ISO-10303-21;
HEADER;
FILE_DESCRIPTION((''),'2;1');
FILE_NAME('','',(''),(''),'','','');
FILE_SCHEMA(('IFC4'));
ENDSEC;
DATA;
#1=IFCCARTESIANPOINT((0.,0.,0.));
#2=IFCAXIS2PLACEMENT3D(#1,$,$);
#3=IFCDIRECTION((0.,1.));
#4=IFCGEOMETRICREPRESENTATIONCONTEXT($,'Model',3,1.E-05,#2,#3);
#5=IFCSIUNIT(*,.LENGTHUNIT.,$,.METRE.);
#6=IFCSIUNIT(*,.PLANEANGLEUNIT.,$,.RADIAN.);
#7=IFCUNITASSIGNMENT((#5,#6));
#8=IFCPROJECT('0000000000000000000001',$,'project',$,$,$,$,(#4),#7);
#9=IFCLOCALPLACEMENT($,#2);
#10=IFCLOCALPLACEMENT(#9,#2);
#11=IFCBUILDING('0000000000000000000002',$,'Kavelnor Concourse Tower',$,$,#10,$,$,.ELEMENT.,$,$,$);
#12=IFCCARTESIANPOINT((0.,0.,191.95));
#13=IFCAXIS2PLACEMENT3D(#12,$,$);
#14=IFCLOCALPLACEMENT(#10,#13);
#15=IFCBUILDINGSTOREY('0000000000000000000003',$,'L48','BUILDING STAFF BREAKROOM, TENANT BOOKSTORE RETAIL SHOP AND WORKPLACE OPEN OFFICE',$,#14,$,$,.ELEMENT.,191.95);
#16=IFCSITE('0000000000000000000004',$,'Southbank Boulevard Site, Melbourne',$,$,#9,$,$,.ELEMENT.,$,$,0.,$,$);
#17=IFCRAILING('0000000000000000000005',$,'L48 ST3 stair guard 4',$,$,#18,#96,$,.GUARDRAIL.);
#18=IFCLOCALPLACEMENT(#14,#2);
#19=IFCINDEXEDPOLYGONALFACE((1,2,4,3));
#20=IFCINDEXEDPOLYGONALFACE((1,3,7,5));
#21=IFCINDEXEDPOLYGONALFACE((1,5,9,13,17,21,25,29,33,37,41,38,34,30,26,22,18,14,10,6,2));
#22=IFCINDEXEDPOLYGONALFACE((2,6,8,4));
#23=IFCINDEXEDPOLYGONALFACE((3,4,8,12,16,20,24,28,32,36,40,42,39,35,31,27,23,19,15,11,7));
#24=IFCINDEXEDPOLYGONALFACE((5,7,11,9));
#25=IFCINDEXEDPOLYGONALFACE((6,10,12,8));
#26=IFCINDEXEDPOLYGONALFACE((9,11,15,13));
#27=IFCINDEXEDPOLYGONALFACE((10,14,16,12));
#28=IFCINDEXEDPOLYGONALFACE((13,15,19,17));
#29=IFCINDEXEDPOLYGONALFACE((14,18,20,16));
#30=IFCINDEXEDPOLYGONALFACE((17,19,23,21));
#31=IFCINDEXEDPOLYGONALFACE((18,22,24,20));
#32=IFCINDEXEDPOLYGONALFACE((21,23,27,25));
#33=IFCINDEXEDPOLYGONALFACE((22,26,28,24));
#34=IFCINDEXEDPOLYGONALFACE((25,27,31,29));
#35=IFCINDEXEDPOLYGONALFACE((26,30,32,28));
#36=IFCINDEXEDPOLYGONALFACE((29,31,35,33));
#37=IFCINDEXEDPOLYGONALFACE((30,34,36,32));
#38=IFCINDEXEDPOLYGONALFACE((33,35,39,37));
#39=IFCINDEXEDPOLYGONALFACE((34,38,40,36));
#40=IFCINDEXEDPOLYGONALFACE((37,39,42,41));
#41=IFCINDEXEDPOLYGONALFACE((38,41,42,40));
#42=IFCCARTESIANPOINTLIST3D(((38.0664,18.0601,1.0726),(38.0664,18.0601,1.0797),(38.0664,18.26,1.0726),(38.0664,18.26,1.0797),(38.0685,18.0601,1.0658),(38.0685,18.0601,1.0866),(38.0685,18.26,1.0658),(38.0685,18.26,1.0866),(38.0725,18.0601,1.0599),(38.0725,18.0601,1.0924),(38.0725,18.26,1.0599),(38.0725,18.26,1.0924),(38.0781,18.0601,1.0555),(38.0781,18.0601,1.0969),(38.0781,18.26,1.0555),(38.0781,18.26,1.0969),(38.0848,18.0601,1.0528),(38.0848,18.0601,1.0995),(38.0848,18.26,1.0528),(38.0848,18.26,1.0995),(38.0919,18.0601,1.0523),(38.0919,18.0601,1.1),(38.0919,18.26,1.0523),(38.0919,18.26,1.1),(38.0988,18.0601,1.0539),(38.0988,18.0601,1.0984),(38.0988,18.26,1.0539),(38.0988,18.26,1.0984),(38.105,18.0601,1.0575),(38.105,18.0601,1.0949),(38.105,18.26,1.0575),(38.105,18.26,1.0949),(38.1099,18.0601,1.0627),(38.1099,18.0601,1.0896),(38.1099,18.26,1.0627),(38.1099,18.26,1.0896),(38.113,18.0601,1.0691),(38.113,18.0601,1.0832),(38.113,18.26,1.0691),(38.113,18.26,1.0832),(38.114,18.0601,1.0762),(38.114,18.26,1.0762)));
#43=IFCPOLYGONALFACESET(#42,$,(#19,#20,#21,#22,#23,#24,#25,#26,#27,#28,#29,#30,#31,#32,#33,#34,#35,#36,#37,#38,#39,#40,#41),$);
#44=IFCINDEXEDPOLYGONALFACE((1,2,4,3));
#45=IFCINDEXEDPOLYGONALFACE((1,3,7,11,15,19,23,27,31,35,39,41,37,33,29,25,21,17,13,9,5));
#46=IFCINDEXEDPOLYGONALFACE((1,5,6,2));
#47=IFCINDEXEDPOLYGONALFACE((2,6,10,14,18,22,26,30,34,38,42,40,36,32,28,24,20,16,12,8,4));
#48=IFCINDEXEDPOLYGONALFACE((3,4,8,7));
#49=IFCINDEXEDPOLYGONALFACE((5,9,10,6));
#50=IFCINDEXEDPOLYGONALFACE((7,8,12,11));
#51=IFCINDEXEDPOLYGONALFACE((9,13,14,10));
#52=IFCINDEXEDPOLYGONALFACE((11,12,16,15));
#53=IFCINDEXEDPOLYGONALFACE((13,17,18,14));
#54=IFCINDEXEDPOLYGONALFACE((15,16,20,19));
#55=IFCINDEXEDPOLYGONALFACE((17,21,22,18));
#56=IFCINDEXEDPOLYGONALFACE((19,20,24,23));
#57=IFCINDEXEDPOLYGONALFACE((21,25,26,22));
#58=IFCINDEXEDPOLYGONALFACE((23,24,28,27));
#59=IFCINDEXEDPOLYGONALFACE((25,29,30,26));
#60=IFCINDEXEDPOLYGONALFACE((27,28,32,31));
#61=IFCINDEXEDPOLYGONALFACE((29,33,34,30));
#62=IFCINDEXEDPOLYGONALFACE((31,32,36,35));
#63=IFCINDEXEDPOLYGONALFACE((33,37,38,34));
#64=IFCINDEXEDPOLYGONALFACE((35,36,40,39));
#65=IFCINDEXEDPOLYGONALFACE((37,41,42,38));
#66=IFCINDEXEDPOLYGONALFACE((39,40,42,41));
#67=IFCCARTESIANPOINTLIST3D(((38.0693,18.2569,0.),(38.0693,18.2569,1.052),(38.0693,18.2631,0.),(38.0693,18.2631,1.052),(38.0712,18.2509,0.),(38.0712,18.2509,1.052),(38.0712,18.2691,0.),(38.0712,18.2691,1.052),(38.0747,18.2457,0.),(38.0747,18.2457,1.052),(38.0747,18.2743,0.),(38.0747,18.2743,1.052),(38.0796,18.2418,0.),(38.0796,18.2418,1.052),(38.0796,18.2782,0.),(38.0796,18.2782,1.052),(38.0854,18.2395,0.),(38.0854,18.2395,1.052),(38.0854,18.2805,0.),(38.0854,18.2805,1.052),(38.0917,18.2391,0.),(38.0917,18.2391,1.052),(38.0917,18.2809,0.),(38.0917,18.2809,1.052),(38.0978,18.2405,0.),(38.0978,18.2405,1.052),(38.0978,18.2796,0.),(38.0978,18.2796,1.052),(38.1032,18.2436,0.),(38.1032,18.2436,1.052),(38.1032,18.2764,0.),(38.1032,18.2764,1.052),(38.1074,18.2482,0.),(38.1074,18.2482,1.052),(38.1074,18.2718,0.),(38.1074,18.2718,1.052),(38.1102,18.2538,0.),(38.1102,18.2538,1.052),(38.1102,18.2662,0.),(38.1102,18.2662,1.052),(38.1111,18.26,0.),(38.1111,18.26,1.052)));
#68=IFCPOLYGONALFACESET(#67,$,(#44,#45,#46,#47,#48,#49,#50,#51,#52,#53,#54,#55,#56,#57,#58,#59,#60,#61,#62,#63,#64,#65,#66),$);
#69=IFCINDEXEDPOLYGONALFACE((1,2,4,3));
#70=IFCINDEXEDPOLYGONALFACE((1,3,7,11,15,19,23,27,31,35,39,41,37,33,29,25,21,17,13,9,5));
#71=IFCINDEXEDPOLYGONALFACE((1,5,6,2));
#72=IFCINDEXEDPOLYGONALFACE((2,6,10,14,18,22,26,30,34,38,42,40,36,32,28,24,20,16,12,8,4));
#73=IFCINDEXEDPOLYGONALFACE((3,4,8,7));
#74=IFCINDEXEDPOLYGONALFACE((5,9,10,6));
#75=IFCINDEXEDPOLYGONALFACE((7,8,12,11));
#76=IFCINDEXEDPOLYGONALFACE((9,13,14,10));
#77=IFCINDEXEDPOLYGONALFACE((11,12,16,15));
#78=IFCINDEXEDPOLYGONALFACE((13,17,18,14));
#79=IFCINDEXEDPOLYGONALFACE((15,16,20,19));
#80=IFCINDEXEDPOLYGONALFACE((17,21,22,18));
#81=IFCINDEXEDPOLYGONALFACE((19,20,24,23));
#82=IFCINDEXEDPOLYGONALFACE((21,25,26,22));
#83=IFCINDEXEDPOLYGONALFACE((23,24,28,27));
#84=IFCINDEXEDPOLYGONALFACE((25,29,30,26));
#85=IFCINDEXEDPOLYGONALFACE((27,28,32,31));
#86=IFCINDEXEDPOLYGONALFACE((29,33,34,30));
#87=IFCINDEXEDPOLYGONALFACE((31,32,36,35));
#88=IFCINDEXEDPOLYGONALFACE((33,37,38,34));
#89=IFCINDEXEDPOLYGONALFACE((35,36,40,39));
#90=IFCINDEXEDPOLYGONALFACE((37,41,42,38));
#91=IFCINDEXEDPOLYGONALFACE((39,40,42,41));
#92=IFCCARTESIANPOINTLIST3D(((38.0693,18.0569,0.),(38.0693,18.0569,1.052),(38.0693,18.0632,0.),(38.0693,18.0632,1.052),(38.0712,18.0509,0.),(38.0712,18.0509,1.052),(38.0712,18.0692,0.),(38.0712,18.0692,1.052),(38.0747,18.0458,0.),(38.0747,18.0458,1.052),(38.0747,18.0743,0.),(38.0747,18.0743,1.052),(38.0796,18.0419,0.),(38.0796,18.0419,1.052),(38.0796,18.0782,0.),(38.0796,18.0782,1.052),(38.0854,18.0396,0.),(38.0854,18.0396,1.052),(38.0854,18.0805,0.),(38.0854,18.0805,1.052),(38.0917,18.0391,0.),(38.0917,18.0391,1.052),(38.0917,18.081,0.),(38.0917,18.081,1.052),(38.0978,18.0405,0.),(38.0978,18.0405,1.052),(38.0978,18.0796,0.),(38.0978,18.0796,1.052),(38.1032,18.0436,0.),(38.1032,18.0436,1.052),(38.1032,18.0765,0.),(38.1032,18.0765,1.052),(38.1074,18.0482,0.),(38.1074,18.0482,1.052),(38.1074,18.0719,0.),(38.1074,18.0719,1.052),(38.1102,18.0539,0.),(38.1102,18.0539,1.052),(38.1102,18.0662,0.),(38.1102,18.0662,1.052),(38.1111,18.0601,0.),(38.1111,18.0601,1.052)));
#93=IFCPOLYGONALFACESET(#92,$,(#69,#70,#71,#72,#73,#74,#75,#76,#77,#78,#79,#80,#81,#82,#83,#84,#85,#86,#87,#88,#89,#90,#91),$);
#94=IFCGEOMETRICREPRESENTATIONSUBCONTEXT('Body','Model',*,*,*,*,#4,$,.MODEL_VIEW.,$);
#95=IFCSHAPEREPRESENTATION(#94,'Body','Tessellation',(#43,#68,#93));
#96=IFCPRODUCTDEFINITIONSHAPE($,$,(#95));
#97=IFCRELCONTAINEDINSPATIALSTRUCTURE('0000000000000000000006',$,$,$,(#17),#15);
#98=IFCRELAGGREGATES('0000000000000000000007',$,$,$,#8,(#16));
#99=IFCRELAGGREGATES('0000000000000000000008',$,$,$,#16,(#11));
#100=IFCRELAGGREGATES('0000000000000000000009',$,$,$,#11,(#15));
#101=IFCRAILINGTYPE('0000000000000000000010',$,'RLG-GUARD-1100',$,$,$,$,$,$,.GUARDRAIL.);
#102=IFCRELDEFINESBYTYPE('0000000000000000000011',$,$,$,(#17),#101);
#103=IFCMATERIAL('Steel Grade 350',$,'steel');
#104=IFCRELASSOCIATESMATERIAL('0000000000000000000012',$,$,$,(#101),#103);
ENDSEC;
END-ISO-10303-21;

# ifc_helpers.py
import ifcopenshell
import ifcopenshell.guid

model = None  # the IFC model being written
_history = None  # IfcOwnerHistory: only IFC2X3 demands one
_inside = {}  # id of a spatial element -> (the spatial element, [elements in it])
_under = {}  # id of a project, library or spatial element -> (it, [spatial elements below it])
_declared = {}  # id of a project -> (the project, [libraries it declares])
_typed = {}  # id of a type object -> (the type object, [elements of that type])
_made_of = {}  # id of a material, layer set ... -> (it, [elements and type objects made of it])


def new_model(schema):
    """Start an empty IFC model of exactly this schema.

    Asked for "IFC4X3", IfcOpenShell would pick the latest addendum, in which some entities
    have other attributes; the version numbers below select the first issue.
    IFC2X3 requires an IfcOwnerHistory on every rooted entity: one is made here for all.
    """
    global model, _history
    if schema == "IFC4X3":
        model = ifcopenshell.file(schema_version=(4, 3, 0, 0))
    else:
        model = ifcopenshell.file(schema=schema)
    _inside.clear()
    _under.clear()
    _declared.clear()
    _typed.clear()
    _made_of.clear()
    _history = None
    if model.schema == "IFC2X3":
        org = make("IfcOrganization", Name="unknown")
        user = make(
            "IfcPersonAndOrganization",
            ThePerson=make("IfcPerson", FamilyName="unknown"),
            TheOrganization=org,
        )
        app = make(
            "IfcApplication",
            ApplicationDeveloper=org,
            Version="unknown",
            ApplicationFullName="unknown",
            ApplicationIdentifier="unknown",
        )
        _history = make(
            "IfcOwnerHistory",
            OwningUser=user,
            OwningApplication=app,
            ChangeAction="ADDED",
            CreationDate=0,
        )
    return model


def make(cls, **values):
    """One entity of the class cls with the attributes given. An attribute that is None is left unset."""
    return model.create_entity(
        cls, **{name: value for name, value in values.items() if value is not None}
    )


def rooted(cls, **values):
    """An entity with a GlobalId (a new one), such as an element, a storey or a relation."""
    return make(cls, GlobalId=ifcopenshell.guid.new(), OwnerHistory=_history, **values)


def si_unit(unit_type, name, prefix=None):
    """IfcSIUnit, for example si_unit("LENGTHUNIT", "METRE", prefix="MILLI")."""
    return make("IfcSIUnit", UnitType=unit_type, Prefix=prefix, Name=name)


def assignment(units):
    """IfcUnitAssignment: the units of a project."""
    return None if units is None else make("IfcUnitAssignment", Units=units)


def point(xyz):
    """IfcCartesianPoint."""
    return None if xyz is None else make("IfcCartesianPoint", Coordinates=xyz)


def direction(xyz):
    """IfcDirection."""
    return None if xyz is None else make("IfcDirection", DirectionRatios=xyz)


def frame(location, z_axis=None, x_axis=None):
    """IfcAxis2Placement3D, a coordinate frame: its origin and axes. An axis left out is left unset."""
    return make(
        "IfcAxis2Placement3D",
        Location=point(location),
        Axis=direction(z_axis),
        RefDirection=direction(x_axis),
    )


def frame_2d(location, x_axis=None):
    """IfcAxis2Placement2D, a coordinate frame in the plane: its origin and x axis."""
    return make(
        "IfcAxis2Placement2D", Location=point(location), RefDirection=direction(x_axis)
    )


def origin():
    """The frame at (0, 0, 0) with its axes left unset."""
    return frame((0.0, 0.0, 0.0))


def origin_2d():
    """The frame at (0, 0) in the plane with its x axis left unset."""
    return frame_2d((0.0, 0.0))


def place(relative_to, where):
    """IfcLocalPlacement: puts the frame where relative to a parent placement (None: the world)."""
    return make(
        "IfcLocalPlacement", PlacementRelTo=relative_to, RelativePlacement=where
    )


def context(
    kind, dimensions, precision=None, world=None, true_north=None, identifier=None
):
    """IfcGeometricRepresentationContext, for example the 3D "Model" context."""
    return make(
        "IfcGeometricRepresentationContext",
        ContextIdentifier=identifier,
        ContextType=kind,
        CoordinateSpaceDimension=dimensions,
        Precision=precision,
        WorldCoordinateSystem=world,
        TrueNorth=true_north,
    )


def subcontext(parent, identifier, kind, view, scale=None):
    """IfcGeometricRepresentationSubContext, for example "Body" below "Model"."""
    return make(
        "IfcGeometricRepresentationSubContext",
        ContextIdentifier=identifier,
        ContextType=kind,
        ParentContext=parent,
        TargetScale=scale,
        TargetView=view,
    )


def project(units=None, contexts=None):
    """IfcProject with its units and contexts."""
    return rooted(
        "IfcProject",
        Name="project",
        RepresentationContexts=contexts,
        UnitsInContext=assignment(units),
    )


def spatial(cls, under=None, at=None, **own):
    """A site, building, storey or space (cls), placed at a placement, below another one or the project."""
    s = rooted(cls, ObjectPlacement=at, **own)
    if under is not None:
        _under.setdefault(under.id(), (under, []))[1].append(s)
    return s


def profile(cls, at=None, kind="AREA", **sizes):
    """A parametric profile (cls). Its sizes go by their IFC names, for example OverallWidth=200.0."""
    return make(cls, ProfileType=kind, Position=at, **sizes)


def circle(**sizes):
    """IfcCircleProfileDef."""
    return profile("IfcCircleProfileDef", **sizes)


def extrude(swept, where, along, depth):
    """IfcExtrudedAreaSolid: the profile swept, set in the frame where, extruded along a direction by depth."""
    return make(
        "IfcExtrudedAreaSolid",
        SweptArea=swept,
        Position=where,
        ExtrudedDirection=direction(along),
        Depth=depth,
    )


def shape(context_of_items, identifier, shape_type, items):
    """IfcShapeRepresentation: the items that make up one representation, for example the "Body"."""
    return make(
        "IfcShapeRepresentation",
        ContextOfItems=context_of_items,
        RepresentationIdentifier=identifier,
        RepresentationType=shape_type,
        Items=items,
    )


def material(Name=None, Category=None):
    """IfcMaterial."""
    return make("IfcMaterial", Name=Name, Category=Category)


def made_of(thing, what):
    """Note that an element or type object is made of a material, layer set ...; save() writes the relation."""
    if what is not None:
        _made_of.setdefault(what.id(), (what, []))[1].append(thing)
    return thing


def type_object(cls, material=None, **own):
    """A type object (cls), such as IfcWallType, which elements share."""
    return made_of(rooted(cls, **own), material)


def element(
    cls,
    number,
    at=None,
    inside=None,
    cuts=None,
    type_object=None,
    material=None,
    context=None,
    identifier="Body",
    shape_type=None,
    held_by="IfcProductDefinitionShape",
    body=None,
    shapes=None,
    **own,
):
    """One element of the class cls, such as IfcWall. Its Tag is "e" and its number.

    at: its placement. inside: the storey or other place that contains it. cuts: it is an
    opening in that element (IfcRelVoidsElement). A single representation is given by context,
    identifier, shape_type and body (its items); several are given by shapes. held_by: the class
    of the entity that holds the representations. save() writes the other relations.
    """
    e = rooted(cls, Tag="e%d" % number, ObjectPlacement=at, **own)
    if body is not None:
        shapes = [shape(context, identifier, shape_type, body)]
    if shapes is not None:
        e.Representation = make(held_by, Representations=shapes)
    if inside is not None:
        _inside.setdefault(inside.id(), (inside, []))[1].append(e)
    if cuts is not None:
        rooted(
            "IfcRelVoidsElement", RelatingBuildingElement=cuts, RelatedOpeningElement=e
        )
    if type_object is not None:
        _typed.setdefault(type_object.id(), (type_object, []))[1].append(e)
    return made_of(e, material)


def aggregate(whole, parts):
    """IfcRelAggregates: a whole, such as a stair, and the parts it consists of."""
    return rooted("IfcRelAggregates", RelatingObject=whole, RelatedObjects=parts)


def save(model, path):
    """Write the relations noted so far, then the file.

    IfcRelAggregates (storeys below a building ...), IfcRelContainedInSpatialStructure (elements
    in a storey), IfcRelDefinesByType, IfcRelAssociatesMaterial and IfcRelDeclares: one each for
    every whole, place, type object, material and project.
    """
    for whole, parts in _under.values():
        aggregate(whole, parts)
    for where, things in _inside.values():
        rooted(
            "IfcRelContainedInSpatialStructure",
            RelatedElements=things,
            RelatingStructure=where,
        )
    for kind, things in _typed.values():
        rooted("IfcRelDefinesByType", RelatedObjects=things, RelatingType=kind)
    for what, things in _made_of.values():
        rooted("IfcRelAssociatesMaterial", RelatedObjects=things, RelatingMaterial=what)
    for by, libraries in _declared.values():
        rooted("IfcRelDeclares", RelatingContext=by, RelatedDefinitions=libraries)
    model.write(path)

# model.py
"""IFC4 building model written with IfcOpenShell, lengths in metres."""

from ifc_helpers import new_model, si_unit, direction, frame, origin, origin_2d, place, context, subcontext, project, spatial, circle, extrude, material, type_object, element, save


model = new_model("IFC4")

# Units and contexts
model_context = context("Model", 3, precision=1e-05, world=origin(), true_north=direction((0.0, 1.0)))
body_context = subcontext(model_context, "Body", "Model", "MODEL_VIEW")
ifc_project = project(units=[si_unit("LENGTHUNIT", "METRE"), si_unit("PLANEANGLEUNIT", "RADIAN")], contexts=[model_context])

# Site, building, storey
site_placement = place(None, origin())
site = spatial("IfcSite", under=ifc_project, at=site_placement, Name="Southbank Boulevard Site, Melbourne", CompositionType="ELEMENT", RefElevation=0.0)
building_placement = place(site_placement, origin())
building = spatial("IfcBuilding", under=site, at=building_placement, Name="Kavelnor Concourse Tower", CompositionType="ELEMENT")
storey_placement = place(building_placement, frame((0.0, 0.0, 191.95)))
storey = spatial("IfcBuildingStorey", under=building, at=storey_placement, Name="L48", Description="BUILDING STAFF BREAKROOM, TENANT BOOKSTORE RETAIL SHOP AND WORKPLACE OPEN OFFICE", CompositionType="ELEMENT", Elevation=191.95)

# Shared definitions
ifc_material_1 = material(Name="Steel Grade 350", Category="steel")

# Railing
railing_type_1 = type_object("IfcRailingType", Name="RLG-GUARD-1100", PredefinedType="GUARDRAIL", material=ifc_material_1)
railing_1_placement = place(storey_placement, frame((38.0901, 18.26, 0.0)))
element("IfcRailing", 1, at=railing_1_placement, inside=storey, type_object=railing_type_1, Name="L48 ST3 stair guard 4", PredefinedType="GUARDRAIL", context=body_context, shape_type="SweptSolid", body=[
    extrude(circle(Radius=0.0239, at=origin_2d()), frame((0.0, 0.0, 1.0762), z_axis=(0.0, -1.0, 0.0), x_axis=(1.0, 0.0, 0.0)), (0.0, 0.0, 1.0), 0.2),
    extrude(circle(Radius=0.021, at=origin_2d()), origin(), (0.0, 0.0, 1.0), 1.052),
    extrude(circle(Radius=0.021, at=origin_2d()), frame((0.0, -0.2, 0.0)), (0.0, 0.0, 1.0), 1.052),
])

save(model, "model.ifc")
